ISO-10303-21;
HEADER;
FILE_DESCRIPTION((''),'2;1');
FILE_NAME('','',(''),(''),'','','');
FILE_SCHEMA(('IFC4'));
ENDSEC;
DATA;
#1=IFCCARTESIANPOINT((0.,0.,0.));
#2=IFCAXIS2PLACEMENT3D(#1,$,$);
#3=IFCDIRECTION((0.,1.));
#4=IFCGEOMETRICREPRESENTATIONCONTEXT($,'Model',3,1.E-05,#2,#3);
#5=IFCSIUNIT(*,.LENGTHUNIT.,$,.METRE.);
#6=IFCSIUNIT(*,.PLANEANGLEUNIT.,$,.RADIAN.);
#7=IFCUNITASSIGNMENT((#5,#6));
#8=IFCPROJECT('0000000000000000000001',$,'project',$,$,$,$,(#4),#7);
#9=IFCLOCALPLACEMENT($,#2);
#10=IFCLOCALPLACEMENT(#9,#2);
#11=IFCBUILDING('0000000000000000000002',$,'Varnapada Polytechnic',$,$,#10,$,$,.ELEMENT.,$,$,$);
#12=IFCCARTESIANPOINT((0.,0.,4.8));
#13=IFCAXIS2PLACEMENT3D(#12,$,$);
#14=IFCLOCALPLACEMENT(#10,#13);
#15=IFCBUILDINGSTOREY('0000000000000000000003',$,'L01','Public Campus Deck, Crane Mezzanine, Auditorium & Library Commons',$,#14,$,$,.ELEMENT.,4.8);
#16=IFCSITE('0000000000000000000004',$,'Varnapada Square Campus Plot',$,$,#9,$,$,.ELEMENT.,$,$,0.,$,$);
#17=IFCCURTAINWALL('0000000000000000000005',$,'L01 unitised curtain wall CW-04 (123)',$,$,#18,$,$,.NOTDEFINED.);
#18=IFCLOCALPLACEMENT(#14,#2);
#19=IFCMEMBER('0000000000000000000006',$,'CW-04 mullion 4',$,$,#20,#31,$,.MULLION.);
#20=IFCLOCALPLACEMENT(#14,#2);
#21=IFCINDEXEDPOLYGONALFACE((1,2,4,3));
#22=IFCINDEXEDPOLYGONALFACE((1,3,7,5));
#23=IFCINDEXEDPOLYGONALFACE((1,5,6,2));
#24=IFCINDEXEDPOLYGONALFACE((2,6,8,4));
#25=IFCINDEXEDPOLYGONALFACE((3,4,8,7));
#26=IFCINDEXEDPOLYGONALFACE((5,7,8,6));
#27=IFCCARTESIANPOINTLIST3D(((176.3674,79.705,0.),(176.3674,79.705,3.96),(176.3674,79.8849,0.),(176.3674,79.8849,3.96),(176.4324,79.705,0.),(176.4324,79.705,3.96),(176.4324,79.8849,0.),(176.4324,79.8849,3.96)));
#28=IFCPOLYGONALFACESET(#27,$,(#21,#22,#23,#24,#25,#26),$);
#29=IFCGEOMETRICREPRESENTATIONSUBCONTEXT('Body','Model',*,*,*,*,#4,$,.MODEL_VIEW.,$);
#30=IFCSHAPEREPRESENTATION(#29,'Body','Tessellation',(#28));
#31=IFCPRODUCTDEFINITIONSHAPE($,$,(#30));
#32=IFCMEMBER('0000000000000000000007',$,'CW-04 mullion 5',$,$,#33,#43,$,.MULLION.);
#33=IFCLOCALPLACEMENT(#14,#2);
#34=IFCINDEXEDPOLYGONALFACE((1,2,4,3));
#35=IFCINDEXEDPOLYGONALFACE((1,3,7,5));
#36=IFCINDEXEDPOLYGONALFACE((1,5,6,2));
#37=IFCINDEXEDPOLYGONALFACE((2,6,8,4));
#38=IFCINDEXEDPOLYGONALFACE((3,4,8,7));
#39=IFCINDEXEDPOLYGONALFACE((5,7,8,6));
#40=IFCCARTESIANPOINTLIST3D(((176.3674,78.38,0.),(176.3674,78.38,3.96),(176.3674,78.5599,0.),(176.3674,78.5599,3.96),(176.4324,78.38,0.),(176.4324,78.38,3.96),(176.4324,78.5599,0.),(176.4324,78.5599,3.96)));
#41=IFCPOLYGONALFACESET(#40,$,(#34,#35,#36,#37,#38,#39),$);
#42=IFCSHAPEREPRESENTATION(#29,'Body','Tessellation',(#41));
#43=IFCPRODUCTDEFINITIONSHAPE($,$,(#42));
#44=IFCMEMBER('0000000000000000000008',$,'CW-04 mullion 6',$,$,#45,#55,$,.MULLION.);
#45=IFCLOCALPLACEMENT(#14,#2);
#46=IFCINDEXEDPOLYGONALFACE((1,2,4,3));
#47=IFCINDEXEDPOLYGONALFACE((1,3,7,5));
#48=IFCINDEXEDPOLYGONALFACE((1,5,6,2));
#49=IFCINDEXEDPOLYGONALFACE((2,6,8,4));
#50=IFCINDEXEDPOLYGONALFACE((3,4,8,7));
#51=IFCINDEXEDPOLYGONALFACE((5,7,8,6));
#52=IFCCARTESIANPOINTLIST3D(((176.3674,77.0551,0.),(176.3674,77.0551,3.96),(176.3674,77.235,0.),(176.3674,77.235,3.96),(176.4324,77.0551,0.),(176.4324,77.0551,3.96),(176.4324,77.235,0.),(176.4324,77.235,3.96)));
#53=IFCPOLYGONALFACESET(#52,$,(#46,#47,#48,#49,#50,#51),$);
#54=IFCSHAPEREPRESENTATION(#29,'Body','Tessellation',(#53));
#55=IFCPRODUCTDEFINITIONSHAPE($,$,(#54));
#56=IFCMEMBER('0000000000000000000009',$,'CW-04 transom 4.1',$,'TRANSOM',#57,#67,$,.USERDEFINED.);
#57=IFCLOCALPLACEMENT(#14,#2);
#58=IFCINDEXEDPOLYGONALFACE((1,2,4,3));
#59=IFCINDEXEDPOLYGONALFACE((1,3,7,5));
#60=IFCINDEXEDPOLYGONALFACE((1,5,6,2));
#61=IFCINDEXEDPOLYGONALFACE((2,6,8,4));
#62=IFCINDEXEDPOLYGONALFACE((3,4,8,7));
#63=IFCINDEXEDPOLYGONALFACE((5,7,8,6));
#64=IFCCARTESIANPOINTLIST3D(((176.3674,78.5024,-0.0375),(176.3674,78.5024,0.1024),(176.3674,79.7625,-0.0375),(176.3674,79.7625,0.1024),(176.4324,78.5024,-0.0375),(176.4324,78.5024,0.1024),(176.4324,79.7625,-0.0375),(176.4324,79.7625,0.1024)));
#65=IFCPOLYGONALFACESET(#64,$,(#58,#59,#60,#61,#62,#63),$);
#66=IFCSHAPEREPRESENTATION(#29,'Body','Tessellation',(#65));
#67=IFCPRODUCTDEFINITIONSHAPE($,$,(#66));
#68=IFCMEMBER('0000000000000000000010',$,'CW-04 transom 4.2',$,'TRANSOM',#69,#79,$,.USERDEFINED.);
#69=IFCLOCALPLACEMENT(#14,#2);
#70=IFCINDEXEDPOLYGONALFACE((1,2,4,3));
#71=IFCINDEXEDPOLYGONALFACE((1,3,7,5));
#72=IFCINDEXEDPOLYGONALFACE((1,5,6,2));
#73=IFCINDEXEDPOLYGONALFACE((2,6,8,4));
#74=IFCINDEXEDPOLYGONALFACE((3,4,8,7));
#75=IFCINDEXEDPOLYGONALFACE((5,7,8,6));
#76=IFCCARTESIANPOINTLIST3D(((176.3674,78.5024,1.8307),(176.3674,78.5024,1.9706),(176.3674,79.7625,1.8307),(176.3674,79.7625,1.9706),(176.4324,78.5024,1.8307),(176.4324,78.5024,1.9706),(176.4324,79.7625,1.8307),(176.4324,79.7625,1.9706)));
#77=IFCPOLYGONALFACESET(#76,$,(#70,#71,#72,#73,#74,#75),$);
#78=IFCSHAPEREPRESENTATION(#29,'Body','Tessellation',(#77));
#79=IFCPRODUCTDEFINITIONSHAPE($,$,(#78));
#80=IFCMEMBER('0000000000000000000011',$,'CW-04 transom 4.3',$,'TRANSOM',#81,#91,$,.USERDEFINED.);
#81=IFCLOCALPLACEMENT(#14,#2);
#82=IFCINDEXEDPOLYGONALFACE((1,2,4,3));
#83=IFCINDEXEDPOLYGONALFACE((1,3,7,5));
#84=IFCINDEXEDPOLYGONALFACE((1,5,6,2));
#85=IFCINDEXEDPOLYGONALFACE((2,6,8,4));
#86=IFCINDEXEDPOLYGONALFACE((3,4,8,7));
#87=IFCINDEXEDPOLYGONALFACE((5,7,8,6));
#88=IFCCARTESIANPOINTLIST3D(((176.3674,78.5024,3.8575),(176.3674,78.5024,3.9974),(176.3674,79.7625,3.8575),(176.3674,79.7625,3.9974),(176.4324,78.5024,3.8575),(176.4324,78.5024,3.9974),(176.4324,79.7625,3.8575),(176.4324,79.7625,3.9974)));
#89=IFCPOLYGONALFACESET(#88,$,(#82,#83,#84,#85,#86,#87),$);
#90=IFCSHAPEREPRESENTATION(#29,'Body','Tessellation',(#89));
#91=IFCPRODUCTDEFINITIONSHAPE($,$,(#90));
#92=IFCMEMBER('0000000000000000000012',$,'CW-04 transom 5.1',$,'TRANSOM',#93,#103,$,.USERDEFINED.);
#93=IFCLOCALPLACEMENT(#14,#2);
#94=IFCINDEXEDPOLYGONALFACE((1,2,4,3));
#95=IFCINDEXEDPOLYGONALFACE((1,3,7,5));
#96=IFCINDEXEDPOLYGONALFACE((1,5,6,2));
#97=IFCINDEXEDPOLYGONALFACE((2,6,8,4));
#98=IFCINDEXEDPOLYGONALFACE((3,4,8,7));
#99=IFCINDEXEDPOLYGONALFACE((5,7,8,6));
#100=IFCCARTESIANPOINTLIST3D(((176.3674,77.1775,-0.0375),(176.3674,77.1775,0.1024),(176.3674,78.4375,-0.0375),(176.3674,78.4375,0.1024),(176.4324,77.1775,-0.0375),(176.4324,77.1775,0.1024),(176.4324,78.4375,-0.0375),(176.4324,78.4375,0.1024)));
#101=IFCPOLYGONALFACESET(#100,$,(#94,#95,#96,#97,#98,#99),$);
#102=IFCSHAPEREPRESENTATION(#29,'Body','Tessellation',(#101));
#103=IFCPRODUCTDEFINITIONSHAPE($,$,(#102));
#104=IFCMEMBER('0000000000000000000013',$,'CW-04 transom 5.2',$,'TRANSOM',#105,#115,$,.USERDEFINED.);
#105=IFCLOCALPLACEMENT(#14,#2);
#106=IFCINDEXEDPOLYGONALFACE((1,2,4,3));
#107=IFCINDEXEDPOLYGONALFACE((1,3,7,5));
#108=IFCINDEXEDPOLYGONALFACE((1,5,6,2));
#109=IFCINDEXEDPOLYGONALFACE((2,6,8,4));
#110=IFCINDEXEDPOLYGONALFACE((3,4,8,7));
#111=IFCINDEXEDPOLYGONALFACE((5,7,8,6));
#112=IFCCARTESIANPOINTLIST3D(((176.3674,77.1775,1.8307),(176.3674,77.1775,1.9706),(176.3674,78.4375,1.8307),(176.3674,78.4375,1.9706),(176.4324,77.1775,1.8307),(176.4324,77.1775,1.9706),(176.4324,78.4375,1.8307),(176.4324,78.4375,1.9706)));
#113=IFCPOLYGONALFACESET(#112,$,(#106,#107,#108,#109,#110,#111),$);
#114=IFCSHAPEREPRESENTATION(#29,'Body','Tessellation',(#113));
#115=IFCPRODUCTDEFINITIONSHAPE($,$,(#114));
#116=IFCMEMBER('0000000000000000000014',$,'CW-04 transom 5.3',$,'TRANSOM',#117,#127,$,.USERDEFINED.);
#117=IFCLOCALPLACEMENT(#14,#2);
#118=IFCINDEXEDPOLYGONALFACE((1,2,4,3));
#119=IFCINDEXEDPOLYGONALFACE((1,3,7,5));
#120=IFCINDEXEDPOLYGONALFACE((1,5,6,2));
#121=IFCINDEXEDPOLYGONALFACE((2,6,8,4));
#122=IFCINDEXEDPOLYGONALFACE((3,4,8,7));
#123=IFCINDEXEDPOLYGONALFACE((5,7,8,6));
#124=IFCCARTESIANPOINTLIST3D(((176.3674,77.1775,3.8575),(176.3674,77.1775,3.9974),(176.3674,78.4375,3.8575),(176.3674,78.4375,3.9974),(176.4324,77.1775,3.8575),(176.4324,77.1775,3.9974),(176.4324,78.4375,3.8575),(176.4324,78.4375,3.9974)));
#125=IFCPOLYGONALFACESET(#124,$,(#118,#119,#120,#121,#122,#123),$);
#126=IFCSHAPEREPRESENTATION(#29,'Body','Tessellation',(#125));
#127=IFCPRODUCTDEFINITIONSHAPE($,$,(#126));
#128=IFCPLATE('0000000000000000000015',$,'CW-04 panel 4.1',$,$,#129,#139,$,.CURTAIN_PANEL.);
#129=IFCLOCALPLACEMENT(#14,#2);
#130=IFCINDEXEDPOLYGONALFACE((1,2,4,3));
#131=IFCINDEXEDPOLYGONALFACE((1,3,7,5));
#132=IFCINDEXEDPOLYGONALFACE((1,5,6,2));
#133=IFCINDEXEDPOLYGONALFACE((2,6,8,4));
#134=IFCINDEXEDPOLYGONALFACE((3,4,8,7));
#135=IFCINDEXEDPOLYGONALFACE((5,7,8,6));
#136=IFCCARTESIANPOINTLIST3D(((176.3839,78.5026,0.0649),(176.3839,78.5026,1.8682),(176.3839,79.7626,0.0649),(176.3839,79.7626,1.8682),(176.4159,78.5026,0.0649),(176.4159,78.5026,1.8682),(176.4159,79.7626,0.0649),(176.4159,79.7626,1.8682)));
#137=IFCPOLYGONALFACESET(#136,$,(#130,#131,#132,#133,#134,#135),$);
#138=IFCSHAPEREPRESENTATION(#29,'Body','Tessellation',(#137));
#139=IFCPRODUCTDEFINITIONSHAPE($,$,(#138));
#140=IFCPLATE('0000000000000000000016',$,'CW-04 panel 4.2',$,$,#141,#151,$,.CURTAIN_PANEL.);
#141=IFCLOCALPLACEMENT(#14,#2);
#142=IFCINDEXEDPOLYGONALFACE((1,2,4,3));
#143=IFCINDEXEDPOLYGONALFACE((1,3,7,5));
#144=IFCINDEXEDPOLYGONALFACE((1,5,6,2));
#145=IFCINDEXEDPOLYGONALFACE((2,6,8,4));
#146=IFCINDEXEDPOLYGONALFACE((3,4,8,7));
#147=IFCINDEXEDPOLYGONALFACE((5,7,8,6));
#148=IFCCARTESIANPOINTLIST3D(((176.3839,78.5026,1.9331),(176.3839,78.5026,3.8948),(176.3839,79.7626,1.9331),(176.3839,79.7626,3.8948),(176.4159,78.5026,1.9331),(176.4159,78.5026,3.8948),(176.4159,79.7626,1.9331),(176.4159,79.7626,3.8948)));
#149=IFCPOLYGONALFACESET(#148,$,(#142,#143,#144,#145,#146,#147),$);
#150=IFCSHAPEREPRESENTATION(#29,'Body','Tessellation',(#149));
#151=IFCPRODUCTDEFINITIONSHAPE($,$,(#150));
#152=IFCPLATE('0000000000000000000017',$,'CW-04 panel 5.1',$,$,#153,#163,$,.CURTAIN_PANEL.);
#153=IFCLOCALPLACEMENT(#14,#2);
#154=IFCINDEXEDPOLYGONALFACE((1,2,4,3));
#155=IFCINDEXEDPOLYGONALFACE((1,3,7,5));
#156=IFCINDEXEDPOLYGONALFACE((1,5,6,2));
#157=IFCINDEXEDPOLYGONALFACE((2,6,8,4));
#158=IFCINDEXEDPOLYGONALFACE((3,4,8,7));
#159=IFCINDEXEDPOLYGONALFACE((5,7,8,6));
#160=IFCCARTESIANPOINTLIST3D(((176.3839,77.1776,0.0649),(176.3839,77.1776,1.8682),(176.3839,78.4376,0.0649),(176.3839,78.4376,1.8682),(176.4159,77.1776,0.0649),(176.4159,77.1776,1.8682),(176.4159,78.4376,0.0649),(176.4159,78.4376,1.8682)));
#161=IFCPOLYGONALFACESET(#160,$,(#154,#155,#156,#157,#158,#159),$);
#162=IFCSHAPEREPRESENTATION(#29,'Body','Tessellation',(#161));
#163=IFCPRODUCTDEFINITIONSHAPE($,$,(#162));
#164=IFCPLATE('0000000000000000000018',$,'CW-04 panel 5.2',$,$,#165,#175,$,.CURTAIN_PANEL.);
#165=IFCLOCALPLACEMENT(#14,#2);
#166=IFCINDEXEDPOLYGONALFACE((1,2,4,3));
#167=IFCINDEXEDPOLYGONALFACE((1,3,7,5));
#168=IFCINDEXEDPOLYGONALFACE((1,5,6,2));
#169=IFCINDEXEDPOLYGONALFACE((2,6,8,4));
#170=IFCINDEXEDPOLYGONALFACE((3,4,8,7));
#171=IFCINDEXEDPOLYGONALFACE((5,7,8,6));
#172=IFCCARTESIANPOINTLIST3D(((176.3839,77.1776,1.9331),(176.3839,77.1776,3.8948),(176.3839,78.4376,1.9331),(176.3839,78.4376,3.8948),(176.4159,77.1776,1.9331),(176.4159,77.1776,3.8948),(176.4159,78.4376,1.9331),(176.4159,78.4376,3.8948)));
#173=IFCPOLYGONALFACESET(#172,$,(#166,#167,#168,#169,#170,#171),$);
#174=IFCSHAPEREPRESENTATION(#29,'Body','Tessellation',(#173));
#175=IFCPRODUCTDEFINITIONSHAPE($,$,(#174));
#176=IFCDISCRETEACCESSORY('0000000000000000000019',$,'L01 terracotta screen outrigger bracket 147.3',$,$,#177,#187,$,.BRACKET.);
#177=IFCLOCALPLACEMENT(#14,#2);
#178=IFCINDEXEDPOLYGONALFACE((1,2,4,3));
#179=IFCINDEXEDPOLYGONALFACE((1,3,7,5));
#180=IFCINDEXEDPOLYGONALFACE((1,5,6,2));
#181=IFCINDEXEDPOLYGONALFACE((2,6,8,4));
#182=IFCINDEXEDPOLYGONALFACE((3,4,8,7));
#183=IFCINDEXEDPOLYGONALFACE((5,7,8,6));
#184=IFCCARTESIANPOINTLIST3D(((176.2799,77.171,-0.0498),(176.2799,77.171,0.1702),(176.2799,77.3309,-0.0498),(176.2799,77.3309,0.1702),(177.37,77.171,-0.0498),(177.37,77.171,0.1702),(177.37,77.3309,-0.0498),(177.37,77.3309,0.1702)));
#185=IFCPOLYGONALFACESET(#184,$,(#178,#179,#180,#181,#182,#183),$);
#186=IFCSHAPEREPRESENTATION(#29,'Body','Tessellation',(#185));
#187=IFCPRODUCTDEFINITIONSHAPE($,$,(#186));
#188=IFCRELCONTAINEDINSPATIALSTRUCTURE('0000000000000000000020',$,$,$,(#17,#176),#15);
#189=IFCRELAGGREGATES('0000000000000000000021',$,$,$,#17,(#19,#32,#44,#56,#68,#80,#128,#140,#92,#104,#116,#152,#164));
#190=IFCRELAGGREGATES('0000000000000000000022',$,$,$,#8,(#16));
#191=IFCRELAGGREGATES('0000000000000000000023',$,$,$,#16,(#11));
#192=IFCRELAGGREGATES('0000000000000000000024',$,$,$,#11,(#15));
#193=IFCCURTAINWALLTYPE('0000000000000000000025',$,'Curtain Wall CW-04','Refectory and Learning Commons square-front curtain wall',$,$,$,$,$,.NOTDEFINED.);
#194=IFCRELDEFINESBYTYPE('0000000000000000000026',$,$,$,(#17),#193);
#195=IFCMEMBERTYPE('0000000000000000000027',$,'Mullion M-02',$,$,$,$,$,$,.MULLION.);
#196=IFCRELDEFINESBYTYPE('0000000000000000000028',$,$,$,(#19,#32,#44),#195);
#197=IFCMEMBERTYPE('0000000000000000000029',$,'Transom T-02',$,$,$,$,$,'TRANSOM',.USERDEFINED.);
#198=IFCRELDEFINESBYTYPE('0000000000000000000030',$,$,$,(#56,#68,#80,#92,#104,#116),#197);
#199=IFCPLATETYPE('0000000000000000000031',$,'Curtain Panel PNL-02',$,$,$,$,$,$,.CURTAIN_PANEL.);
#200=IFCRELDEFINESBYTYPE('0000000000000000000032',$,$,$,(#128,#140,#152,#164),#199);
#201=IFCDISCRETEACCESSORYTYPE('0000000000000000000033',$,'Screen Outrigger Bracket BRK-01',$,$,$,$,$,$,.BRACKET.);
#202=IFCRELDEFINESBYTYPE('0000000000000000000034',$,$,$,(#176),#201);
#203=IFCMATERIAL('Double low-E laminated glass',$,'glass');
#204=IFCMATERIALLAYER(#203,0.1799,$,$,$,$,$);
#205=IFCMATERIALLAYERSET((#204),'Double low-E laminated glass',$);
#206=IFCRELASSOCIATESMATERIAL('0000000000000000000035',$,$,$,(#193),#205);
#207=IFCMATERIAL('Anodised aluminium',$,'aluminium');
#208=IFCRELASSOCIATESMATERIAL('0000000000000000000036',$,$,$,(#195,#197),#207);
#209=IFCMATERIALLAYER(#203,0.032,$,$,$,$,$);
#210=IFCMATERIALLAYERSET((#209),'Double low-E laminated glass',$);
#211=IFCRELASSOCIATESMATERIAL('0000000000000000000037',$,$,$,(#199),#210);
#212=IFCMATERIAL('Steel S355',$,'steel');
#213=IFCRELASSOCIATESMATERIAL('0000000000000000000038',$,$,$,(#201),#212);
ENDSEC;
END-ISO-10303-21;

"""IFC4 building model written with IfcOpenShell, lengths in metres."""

from ifc_helpers import new_model, si_unit, direction, frame, origin, origin_2d, place, context, subcontext, project, spatial, rectangle, extrude, material, layer, layer_set, material_profile, profile_set, type_object, element, aggregate, save


model = new_model("IFC4")

# Units and contexts
model_context = context("Model", 3, precision=1e-05, world=origin(), true_north=direction((0.0, 1.0)))
body_context = subcontext(model_context, "Body", "Model", "MODEL_VIEW")
ifc_project = project(units=[si_unit("LENGTHUNIT", "METRE"), si_unit("PLANEANGLEUNIT", "RADIAN")], contexts=[model_context])

# Site, building, storey
site_placement = place(None, origin())
site = spatial("IfcSite", under=ifc_project, at=site_placement, Name="Varnapada Square Campus Plot", CompositionType="ELEMENT", RefElevation=0.0)
building_placement = place(site_placement, origin())
building = spatial("IfcBuilding", under=site, at=building_placement, Name="Varnapada Polytechnic", CompositionType="ELEMENT")
storey_placement = place(building_placement, frame((0.0, 0.0, 4.8)))
storey = spatial("IfcBuildingStorey", under=building, at=storey_placement, Name="L01", Description="Public Campus Deck, Crane Mezzanine, Auditorium & Library Commons", CompositionType="ELEMENT", Elevation=4.8)

# Curtain wall, members, plates
ifc_material_1 = material(Name="Double low-E laminated glass", Category="glass")
ifc_layer_1 = layer(ifc_material_1, 0.1799)
ifc_layer_set_1 = layer_set([ifc_layer_1], Name="Double low-E laminated glass")
curtain_wall_type = type_object("IfcCurtainWallType", Name="Curtain Wall CW-04", Description="Refectory and Learning Commons square-front curtain wall", PredefinedType="NOTDEFINED", material=ifc_layer_set_1)
curtain_wall_placement = place(storey_placement, origin())
curtain_wall = element("IfcCurtainWall", 1, at=curtain_wall_placement, inside=storey, type_object=curtain_wall_type, Name="L01 unitised curtain wall CW-04 (123)", PredefinedType="NOTDEFINED")
ifc_material_2 = material(Name="Anodised aluminium", Category="aluminium")
ifc_material_profile_1 = material_profile(ifc_material_2, rectangle(XDim=0.0649, YDim=0.1799, at=origin_2d()), Name="ALU M65x180")
ifc_profile_set_1 = profile_set([ifc_material_profile_1], Name="Anodised aluminium")
member_type_1 = type_object("IfcMemberType", Name="Mullion M-02", PredefinedType="MULLION", material=ifc_profile_set_1)
member_1_placement = place(storey_placement, frame((176.3999, 79.7949, 0.0), z_axis=(0.0, 0.0, 1.0), x_axis=(1.0, 0.0, 0.0)))
member_1 = element("IfcMember", 2, at=member_1_placement, type_object=member_type_1, Name="CW-04 mullion 4", PredefinedType="MULLION", context=body_context, shape_type="SweptSolid", body=[
    extrude(rectangle(XDim=0.0649, YDim=0.1799, at=origin_2d()), origin(), (0.0, 0.0, 1.0), 3.96),
])
member_2_placement = place(storey_placement, frame((176.3999, 78.47, 0.0), z_axis=(0.0, 0.0, 1.0), x_axis=(1.0, 0.0, 0.0)))
member_2 = element("IfcMember", 3, at=member_2_placement, type_object=member_type_1, Name="CW-04 mullion 5", PredefinedType="MULLION", context=body_context, shape_type="SweptSolid", body=[
    extrude(rectangle(XDim=0.0649, YDim=0.1799, at=origin_2d()), origin(), (0.0, 0.0, 1.0), 3.96),
])
member_3_placement = place(storey_placement, frame((176.3999, 77.145, 0.0), z_axis=(0.0, 0.0, 1.0), x_axis=(1.0, 0.0, 0.0)))
member_3 = element("IfcMember", 4, at=member_3_placement, type_object=member_type_1, Name="CW-04 mullion 6", PredefinedType="MULLION", context=body_context, shape_type="SweptSolid", body=[
    extrude(rectangle(XDim=0.0649, YDim=0.1799, at=origin_2d()), origin(), (0.0, 0.0, 1.0), 3.96),
])
ifc_material_profile_2 = material_profile(ifc_material_2, rectangle(XDim=0.0649, YDim=0.1399, at=origin_2d()), Name="ALU T65x140")
ifc_profile_set_2 = profile_set([ifc_material_profile_2], Name="Anodised aluminium")
member_type_2 = type_object("IfcMemberType", Name="Transom T-02", ElementType="TRANSOM", PredefinedType="USERDEFINED", material=ifc_profile_set_2)
member_4_placement = place(storey_placement, frame((176.3999, 79.7625, 0.0325), z_axis=(0.0, -1.0, 0.0), x_axis=(1.0, 0.0, 0.0)))
member_4 = element("IfcMember", 5, at=member_4_placement, type_object=member_type_2, Name="CW-04 transom 4.1", ObjectType="TRANSOM", PredefinedType="USERDEFINED", context=body_context, shape_type="SweptSolid", body=[
    extrude(rectangle(XDim=0.0649, YDim=0.1399, at=origin_2d()), origin(), (0.0, 0.0, 1.0), 1.26),
])
member_5_placement = place(storey_placement, frame((176.3999, 79.7625, 1.9006), z_axis=(0.0, -1.0, 0.0), x_axis=(1.0, 0.0, 0.0)))
member_5 = element("IfcMember", 6, at=member_5_placement, type_object=member_type_2, Name="CW-04 transom 4.2", ObjectType="TRANSOM", PredefinedType="USERDEFINED", context=body_context, shape_type="SweptSolid", body=[
    extrude(rectangle(XDim=0.0649, YDim=0.1399, at=origin_2d()), origin(), (0.0, 0.0, 1.0), 1.26),
])
member_6_placement = place(storey_placement, frame((176.3999, 79.7625, 3.9275), z_axis=(0.0, -1.0, 0.0), x_axis=(1.0, 0.0, 0.0)))
member_6 = element("IfcMember", 7, at=member_6_placement, type_object=member_type_2, Name="CW-04 transom 4.3", ObjectType="TRANSOM", PredefinedType="USERDEFINED", context=body_context, shape_type="SweptSolid", body=[
    extrude(rectangle(XDim=0.0649, YDim=0.1399, at=origin_2d()), origin(), (0.0, 0.0, 1.0), 1.26),
])
member_7_placement = place(storey_placement, frame((176.3999, 78.4375, 0.0325), z_axis=(0.0, -1.0, 0.0), x_axis=(1.0, 0.0, 0.0)))
member_7 = element("IfcMember", 8, at=member_7_placement, type_object=member_type_2, Name="CW-04 transom 5.1", ObjectType="TRANSOM", PredefinedType="USERDEFINED", context=body_context, shape_type="SweptSolid", body=[
    extrude(rectangle(XDim=0.0649, YDim=0.1399, at=origin_2d()), origin(), (0.0, 0.0, 1.0), 1.26),
])
member_8_placement = place(storey_placement, frame((176.3999, 78.4375, 1.9006), z_axis=(0.0, -1.0, 0.0), x_axis=(1.0, 0.0, 0.0)))
member_8 = element("IfcMember", 9, at=member_8_placement, type_object=member_type_2, Name="CW-04 transom 5.2", ObjectType="TRANSOM", PredefinedType="USERDEFINED", context=body_context, shape_type="SweptSolid", body=[
    extrude(rectangle(XDim=0.0649, YDim=0.1399, at=origin_2d()), origin(), (0.0, 0.0, 1.0), 1.26),
])
member_9_placement = place(storey_placement, frame((176.3999, 78.4375, 3.9275), z_axis=(0.0, -1.0, 0.0), x_axis=(1.0, 0.0, 0.0)))
member_9 = element("IfcMember", 10, at=member_9_placement, type_object=member_type_2, Name="CW-04 transom 5.3", ObjectType="TRANSOM", PredefinedType="USERDEFINED", context=body_context, shape_type="SweptSolid", body=[
    extrude(rectangle(XDim=0.0649, YDim=0.1399, at=origin_2d()), origin(), (0.0, 0.0, 1.0), 1.26),
])
ifc_layer_2 = layer(ifc_material_1, 0.032)
ifc_layer_set_2 = layer_set([ifc_layer_2], Name="Double low-E laminated glass")
plate_type = type_object("IfcPlateType", Name="Curtain Panel PNL-02", PredefinedType="CURTAIN_PANEL", material=ifc_layer_set_2)
plate_1_placement = place(storey_placement, frame((176.3999, 79.1326, 0.0649), z_axis=(0.0, 0.0, 1.0), x_axis=(0.0, -1.0, 0.0)))
plate_1 = element("IfcPlate", 11, at=plate_1_placement, type_object=plate_type, Name="CW-04 panel 4.1", PredefinedType="CURTAIN_PANEL", context=body_context, shape_type="SweptSolid", body=[
    extrude(rectangle(XDim=1.26, YDim=0.032, at=origin_2d()), origin(), (0.0, 0.0, 1.0), 1.8032),
])
plate_2_placement = place(storey_placement, frame((176.3999, 79.1326, 1.9331), z_axis=(0.0, 0.0, 1.0), x_axis=(0.0, -1.0, 0.0)))
plate_2 = element("IfcPlate", 12, at=plate_2_placement, type_object=plate_type, Name="CW-04 panel 4.2", PredefinedType="CURTAIN_PANEL", context=body_context, shape_type="SweptSolid", body=[
    extrude(rectangle(XDim=1.26, YDim=0.032, at=origin_2d()), origin(), (0.0, 0.0, 1.0), 1.9617),
])
plate_3_placement = place(storey_placement, frame((176.3999, 77.8076, 0.0649), z_axis=(0.0, 0.0, 1.0), x_axis=(0.0, -1.0, 0.0)))
plate_3 = element("IfcPlate", 13, at=plate_3_placement, type_object=plate_type, Name="CW-04 panel 5.1", PredefinedType="CURTAIN_PANEL", context=body_context, shape_type="SweptSolid", body=[
    extrude(rectangle(XDim=1.26, YDim=0.032, at=origin_2d()), origin(), (0.0, 0.0, 1.0), 1.8032),
])
plate_4_placement = place(storey_placement, frame((176.3999, 77.8076, 1.9331), z_axis=(0.0, 0.0, 1.0), x_axis=(0.0, -1.0, 0.0)))
plate_4 = element("IfcPlate", 14, at=plate_4_placement, type_object=plate_type, Name="CW-04 panel 5.2", PredefinedType="CURTAIN_PANEL", context=body_context, shape_type="SweptSolid", body=[
    extrude(rectangle(XDim=1.26, YDim=0.032, at=origin_2d()), origin(), (0.0, 0.0, 1.0), 1.9617),
])
aggregate(curtain_wall, [member_1, member_2, member_3, member_4, member_5, member_6, plate_1, plate_2, member_7, member_8, member_9, plate_3, plate_4])

# Discrete accessory
ifc_material_3 = material(Name="Steel S355", Category="steel")
discrete_accessory_type = type_object("IfcDiscreteAccessoryType", Name="Screen Outrigger Bracket BRK-01", PredefinedType="BRACKET", material=ifc_material_3)
discrete_accessory_placement = place(storey_placement, frame((176.825, 77.251, -0.0498), z_axis=(0.0, 0.0, 1.0), x_axis=(0.0, -1.0, 0.0)))
element("IfcDiscreteAccessory", 15, at=discrete_accessory_placement, inside=storey, type_object=discrete_accessory_type, Name="L01 terracotta screen outrigger bracket 147.3", PredefinedType="BRACKET", context=body_context, shape_type="SweptSolid", body=[
    extrude(rectangle(XDim=0.1599, YDim=1.0901, at=origin_2d()), origin(), (0.0, 0.0, 1.0), 0.22),
])

save(model, "model.ifc")
